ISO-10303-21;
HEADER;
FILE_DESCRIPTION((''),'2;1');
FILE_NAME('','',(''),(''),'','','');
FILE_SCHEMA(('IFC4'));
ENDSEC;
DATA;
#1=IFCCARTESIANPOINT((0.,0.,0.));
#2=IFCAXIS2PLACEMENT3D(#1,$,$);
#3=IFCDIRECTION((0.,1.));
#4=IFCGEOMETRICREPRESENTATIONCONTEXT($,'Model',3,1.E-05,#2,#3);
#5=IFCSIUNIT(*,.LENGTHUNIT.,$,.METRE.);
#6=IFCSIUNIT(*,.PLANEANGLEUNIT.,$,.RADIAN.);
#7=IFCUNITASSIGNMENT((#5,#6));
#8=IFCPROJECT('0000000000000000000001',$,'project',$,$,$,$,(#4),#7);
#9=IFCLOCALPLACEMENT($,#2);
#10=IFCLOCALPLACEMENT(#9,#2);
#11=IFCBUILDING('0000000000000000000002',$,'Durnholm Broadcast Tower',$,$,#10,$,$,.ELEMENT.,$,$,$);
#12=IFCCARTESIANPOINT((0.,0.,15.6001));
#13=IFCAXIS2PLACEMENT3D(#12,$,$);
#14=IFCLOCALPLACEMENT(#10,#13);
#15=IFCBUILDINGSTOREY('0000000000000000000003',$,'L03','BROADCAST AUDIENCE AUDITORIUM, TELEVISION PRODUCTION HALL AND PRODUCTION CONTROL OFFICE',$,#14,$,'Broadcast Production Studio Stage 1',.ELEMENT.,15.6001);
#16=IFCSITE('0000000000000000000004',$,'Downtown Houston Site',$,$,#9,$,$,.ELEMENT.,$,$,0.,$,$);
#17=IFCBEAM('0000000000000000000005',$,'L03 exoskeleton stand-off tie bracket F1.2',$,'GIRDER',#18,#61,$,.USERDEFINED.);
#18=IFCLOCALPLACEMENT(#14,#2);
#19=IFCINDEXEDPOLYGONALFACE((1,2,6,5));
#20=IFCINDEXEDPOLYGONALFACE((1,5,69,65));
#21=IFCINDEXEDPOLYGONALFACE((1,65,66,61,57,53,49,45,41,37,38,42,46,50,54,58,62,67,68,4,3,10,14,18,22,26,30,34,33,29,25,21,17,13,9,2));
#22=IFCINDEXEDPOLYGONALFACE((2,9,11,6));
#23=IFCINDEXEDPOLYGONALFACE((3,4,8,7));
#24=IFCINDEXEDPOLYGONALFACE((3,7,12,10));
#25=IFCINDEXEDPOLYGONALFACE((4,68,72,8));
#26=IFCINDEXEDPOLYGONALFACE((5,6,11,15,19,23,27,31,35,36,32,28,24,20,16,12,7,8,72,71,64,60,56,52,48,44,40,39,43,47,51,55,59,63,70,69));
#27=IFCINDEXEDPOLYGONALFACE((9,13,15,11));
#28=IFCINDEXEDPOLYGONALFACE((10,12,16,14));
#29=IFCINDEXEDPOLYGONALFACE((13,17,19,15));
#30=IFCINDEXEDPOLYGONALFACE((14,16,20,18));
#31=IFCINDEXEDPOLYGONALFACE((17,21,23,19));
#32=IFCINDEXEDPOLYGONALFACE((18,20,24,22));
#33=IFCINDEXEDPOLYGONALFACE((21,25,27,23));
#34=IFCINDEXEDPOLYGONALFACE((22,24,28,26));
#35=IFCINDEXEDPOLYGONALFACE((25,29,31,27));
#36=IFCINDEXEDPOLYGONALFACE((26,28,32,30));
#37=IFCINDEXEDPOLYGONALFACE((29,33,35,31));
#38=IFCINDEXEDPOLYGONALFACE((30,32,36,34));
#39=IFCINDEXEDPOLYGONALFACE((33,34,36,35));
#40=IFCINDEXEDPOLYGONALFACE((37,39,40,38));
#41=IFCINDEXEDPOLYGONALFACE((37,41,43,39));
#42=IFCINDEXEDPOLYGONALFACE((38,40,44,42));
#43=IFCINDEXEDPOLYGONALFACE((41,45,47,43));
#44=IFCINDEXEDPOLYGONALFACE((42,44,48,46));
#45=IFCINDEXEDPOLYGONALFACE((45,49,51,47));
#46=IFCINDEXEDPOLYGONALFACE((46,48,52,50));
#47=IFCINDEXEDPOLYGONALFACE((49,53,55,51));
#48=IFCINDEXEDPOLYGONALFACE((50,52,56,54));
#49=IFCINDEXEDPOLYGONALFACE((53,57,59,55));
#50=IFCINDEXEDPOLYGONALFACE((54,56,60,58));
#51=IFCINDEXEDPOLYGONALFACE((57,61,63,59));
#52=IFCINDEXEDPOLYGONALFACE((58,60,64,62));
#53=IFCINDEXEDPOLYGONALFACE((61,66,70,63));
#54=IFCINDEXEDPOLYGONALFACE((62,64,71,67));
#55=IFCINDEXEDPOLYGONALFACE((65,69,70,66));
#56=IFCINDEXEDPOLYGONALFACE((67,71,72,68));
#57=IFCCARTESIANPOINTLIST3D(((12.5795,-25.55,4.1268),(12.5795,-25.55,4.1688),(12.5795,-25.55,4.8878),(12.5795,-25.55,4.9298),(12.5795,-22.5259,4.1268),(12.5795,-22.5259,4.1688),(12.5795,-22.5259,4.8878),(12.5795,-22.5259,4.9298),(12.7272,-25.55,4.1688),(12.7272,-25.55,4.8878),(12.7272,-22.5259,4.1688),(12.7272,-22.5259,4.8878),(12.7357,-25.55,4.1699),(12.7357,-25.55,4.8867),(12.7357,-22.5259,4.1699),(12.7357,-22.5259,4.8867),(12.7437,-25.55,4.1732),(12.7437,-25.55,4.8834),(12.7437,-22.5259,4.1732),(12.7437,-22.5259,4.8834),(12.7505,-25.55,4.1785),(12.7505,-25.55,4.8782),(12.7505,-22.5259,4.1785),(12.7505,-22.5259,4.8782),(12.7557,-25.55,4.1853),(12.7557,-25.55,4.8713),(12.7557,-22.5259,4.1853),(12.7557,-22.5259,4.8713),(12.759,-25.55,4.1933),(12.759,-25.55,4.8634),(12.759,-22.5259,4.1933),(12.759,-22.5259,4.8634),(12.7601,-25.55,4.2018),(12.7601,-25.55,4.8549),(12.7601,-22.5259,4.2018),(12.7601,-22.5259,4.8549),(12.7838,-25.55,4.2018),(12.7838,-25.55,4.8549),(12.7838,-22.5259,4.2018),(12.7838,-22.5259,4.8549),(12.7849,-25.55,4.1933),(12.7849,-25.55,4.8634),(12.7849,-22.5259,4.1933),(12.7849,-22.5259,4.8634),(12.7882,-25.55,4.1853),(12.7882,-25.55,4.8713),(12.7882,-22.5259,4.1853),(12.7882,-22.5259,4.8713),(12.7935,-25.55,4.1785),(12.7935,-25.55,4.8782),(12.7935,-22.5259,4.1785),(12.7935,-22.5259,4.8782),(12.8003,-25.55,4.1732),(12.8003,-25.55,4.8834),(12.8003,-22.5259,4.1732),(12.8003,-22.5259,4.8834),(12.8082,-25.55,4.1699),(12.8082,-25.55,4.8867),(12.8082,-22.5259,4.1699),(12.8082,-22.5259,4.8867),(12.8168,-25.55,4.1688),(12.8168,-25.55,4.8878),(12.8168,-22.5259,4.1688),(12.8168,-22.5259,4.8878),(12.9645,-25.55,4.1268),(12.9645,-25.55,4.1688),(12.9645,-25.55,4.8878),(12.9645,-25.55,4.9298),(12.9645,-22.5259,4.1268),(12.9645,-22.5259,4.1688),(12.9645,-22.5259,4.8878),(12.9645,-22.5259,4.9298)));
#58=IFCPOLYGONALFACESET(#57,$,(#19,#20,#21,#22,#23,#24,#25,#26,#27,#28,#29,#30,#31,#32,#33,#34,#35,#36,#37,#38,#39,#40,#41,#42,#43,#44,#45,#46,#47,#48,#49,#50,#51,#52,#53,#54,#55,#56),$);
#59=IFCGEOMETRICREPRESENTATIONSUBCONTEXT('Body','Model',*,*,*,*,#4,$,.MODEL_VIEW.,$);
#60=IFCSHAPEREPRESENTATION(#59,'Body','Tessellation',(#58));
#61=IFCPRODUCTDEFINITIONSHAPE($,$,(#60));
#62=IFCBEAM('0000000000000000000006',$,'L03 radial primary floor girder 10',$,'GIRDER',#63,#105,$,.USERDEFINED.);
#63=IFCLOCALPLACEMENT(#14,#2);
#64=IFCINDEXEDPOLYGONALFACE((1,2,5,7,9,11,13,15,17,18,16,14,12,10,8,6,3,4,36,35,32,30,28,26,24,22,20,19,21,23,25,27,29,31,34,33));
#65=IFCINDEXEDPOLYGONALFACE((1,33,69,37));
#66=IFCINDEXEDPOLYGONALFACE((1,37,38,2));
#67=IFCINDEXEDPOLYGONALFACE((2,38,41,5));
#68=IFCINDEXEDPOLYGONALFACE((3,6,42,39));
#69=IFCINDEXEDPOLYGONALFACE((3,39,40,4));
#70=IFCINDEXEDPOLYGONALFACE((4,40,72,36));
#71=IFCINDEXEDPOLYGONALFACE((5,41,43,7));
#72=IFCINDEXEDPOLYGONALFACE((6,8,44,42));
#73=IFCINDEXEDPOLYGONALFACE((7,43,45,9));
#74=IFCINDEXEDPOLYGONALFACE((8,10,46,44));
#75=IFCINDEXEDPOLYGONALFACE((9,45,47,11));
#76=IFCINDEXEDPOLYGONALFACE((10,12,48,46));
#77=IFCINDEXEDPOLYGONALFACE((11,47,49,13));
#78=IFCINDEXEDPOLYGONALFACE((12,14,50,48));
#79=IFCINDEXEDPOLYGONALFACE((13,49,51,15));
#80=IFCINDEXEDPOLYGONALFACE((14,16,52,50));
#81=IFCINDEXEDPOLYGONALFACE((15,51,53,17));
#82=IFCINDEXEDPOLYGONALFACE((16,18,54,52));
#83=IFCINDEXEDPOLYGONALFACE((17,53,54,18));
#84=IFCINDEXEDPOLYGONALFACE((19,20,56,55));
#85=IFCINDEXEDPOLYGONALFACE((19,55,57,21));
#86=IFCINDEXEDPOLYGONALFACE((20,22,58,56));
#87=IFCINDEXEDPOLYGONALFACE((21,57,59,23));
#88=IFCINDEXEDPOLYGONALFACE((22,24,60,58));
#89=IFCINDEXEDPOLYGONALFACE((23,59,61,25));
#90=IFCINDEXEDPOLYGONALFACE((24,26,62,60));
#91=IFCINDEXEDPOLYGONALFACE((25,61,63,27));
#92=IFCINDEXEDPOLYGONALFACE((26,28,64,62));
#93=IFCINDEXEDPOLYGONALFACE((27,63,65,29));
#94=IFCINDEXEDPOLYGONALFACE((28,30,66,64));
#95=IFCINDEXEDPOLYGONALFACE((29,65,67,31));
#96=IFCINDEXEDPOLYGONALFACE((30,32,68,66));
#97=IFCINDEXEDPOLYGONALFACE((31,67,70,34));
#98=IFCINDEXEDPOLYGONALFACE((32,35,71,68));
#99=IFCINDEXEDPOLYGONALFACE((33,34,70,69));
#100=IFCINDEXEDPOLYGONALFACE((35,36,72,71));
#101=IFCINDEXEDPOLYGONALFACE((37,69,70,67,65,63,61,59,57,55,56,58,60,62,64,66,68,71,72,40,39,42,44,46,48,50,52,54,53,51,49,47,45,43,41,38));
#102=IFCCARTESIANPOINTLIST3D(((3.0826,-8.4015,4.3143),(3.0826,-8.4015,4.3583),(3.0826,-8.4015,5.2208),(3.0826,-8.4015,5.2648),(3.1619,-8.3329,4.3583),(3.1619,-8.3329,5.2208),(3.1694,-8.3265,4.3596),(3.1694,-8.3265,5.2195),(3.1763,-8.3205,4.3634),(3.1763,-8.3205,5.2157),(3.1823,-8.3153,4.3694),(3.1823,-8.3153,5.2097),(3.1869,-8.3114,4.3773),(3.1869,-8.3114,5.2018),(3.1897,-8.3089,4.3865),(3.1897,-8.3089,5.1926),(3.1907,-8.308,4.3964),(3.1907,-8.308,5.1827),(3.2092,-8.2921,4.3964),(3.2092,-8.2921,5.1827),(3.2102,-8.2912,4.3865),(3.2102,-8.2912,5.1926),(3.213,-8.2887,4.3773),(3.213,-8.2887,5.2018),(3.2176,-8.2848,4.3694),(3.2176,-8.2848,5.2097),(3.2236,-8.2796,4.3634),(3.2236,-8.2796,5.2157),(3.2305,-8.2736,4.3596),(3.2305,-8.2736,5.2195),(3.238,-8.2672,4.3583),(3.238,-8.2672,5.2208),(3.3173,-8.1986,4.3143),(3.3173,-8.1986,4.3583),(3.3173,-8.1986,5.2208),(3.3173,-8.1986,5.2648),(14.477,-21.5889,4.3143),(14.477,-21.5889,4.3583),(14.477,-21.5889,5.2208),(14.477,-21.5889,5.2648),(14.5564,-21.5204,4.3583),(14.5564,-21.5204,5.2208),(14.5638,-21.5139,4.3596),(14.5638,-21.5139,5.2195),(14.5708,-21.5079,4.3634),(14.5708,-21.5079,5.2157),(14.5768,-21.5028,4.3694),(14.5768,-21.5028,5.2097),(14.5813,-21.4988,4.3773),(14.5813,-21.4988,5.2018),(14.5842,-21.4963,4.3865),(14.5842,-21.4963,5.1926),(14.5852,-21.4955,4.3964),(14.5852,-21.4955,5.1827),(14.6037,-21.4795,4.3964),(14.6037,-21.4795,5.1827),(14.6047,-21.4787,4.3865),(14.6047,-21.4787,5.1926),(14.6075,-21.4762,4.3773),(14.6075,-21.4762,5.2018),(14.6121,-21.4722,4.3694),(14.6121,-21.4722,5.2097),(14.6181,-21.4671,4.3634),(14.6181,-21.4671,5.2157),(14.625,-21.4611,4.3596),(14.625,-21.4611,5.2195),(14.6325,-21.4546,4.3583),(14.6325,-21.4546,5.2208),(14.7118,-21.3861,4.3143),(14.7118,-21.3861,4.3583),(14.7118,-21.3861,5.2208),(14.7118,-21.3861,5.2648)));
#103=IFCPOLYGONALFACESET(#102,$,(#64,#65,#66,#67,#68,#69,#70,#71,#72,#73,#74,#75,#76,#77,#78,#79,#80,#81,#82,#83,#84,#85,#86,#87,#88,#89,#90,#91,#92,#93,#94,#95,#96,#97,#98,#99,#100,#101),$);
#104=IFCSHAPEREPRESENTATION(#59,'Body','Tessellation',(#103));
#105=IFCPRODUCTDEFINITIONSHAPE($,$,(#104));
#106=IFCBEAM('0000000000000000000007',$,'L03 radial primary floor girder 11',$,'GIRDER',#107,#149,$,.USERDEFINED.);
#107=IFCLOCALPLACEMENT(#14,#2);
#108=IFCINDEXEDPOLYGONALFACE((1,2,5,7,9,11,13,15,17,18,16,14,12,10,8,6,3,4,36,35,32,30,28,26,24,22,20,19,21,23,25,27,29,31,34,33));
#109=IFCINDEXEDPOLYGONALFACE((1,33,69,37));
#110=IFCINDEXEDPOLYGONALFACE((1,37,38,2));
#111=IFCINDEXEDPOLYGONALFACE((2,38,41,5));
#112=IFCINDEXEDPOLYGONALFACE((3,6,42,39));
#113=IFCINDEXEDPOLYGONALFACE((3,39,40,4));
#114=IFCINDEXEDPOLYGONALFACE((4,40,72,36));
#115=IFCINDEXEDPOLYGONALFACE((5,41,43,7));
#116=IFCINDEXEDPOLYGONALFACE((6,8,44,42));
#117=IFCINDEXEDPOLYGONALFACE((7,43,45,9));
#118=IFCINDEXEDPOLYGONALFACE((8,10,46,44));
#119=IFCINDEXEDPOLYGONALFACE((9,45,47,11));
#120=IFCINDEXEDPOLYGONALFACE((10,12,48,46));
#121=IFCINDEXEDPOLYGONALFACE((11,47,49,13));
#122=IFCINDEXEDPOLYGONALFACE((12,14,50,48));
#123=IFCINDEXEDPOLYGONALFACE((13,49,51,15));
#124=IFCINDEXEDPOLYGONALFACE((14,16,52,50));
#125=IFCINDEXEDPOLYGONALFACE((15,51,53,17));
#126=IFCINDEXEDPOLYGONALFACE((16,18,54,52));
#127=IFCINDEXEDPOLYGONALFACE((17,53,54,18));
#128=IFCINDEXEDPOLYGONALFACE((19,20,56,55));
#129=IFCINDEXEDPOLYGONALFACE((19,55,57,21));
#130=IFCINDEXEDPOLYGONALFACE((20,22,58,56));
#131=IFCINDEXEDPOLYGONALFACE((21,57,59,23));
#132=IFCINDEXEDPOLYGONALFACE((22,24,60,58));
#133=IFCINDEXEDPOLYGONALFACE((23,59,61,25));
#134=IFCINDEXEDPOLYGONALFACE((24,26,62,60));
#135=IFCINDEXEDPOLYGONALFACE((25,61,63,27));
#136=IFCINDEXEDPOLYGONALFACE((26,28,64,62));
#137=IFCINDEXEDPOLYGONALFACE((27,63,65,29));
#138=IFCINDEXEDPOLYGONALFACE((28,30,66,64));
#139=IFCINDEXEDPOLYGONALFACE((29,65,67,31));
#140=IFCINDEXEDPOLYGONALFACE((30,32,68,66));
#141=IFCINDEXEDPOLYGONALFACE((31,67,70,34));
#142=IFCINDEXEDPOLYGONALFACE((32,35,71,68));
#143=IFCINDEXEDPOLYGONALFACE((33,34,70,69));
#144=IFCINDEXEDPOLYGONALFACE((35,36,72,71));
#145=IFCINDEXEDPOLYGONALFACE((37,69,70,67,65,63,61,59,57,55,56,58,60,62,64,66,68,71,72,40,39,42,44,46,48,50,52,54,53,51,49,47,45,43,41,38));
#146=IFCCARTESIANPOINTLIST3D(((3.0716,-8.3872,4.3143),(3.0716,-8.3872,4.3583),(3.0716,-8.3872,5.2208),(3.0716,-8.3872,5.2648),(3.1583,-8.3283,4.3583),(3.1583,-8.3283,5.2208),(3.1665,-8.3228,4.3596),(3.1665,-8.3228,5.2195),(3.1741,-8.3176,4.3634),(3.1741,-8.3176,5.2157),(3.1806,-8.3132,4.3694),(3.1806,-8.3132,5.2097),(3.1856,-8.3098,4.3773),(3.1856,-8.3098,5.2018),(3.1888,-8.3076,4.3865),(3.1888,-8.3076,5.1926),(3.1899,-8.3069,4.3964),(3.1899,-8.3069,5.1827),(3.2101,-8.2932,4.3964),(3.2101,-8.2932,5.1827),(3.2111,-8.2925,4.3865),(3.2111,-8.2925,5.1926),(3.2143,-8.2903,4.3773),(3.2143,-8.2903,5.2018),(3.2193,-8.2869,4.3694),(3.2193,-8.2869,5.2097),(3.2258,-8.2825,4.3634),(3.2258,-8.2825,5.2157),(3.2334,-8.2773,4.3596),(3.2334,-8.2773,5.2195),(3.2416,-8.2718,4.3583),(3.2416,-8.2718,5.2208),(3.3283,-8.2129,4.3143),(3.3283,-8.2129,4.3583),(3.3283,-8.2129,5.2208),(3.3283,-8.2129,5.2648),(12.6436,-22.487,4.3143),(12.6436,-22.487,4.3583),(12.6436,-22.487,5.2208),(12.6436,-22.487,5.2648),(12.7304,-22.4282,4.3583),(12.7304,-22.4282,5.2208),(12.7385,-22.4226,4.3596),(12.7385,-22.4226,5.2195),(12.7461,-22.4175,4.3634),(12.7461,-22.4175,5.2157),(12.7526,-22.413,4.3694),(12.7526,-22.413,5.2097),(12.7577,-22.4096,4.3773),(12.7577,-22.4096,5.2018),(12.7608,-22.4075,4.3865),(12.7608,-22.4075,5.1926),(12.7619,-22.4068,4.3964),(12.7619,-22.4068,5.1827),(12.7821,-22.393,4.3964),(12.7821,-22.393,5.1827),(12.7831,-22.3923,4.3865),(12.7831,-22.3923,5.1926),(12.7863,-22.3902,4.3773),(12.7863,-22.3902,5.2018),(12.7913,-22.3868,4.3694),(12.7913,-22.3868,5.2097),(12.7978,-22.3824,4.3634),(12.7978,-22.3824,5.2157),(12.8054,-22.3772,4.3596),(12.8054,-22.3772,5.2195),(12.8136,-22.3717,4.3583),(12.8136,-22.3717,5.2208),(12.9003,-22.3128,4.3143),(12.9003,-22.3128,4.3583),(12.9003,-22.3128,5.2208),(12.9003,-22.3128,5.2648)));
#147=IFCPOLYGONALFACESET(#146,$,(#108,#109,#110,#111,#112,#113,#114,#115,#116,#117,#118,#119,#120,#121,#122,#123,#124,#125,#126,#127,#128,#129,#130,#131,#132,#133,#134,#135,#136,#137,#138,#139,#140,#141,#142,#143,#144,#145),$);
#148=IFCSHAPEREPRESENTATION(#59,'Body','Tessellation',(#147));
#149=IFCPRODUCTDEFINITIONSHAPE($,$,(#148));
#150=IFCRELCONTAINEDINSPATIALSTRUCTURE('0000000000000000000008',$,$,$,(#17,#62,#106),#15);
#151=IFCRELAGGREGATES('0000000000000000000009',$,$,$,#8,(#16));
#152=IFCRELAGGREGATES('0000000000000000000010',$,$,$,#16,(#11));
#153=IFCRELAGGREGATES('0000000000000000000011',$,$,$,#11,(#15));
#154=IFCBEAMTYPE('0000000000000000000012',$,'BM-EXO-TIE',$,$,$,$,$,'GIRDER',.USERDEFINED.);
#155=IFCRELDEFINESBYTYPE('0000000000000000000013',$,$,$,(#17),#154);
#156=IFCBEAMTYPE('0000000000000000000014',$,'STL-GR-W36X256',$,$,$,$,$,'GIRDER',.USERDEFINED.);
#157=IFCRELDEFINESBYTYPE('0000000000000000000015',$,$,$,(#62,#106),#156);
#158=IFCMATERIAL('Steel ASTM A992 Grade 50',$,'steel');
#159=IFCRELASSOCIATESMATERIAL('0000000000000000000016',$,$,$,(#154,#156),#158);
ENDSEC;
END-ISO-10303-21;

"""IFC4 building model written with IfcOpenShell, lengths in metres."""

from ifc_helpers import new_model, si_unit, direction, frame, origin, origin_2d, place, context, subcontext, project, spatial, i_section, extrude, source, transform, mapped, material, material_profile, profile_set, type_object, type_shapes, element, save


model = new_model("IFC4")

# Units and contexts
model_context = context("Model", 3, precision=1e-05, world=origin(), true_north=direction((0.0, 1.0)))
body_context = subcontext(model_context, "Body", "Model", "MODEL_VIEW")
ifc_project = project(units=[si_unit("LENGTHUNIT", "METRE"), si_unit("PLANEANGLEUNIT", "RADIAN")], contexts=[model_context])

# Site, building, storey
site_placement = place(None, origin())
site = spatial("IfcSite", under=ifc_project, at=site_placement, Name="Downtown Houston Site", CompositionType="ELEMENT", RefElevation=0.0)
building_placement = place(site_placement, origin())
building = spatial("IfcBuilding", under=site, at=building_placement, Name="Durnholm Broadcast Tower", CompositionType="ELEMENT")
storey_placement = place(building_placement, frame((0.0, 0.0, 15.6001)))
storey = spatial("IfcBuildingStorey", under=building, at=storey_placement, Name="L03", Description="BROADCAST AUDIENCE AUDITORIUM, TELEVISION PRODUCTION HALL AND PRODUCTION CONTROL OFFICE", LongName="Broadcast Production Studio Stage 1", CompositionType="ELEMENT", Elevation=15.6001)

# Beams
ifc_material_1 = material(Name="Steel ASTM A992 Grade 50", Category="steel")
ifc_material_profile_1 = material_profile(ifc_material_1, i_section(OverallWidth=0.385, OverallDepth=0.803, WebThickness=0.0237, FlangeThickness=0.042, FilletRadius=0.033, at=origin_2d()), Name="W30X261")
ifc_profile_set_1 = profile_set([ifc_material_profile_1], Name="Steel ASTM A992 Grade 50")
beam_type_1 = type_object("IfcBeamType", Name="BM-EXO-TIE", ElementType="GIRDER", PredefinedType="USERDEFINED", material=ifc_profile_set_1)
shared_shape_1 = source(origin(), body_context, "Body", "SweptSolid", [
    extrude(i_section(OverallWidth=0.385, OverallDepth=0.803, WebThickness=0.0237, FlangeThickness=0.042, FilletRadius=0.033, at=origin_2d()), origin(), (0.0, 0.0, 1.0), 3.0242),
])
type_shapes(beam_type_1, [shared_shape_1])
beam_1_placement = place(storey_placement, frame((12.772, -22.5259, 4.5283), z_axis=(0.0, -1.0, 0.0), x_axis=(1.0, 0.0, 0.0)))
element("IfcBeam", 1, at=beam_1_placement, inside=storey, type_object=beam_type_1, Name="L03 exoskeleton stand-off tie bracket F1.2", ObjectType="GIRDER", PredefinedType="USERDEFINED", context=body_context, shape_type="MappedRepresentation", body=[
    mapped(shared_shape_1, transform((0.0, 0.0, 0.0), x_axis=(1.0, 0.0, 0.0), y_axis=(0.0, 1.0, 0.0), z_axis=(0.0, 0.0, 1.0), scale=1.0)),
])
ifc_material_profile_2 = material_profile(ifc_material_1, i_section(OverallWidth=0.3103, OverallDepth=0.9504, WebThickness=0.0244, FlangeThickness=0.0439, FilletRadius=0.0381, at=origin_2d()), Name="W36X256")
ifc_profile_set_2 = profile_set([ifc_material_profile_2], Name="Steel ASTM A992 Grade 50")
beam_type_2 = type_object("IfcBeamType", Name="STL-GR-W36X256", ElementType="GIRDER", PredefinedType="USERDEFINED", material=ifc_profile_set_2)
shared_shape_2 = source(origin(), body_context, "Body", "SweptSolid", [
    extrude(i_section(OverallWidth=0.3103, OverallDepth=0.9504, WebThickness=0.0244, FlangeThickness=0.0439, FilletRadius=0.0381, at=origin_2d()), origin(), (0.0, 0.0, 1.0), 17.4282),
])
beam_2_placement = place(storey_placement, frame((3.2, -8.3, 4.7896), z_axis=(0.653795, -0.756672, 0.0), x_axis=(0.756672, 0.653795, 0.0)))
element("IfcBeam", 2, at=beam_2_placement, inside=storey, type_object=beam_type_2, Name="L03 radial primary floor girder 10", ObjectType="GIRDER", PredefinedType="USERDEFINED", context=body_context, shape_type="MappedRepresentation", body=[
    mapped(shared_shape_2, transform((0.0, 0.0, 0.0), x_axis=(1.0, 0.0, 0.0), y_axis=(0.0, 1.0, 0.0), z_axis=(0.0, 0.0, 1.0), scale=1.0)),
])
shared_shape_3 = source(origin(), body_context, "Body", "SweptSolid", [
    extrude(i_section(OverallWidth=0.3103, OverallDepth=0.9504, WebThickness=0.0244, FlangeThickness=0.0439, FilletRadius=0.0381, at=origin_2d()), origin(), (0.0, 0.0, 1.0), 17.042),
])
type_shapes(beam_type_2, [shared_shape_2, shared_shape_3])
beam_3_placement = place(storey_placement, frame((3.2, -8.3, 4.7896), z_axis=(0.561673, -0.82736, 0.0), x_axis=(0.82736, 0.561673, 0.0)))
element("IfcBeam", 3, at=beam_3_placement, inside=storey, type_object=beam_type_2, Name="L03 radial primary floor girder 11", ObjectType="GIRDER", PredefinedType="USERDEFINED", context=body_context, shape_type="MappedRepresentation", body=[
    mapped(shared_shape_3, transform((0.0, 0.0, 0.0), x_axis=(1.0, 0.0, 0.0), y_axis=(0.0, 1.0, 0.0), z_axis=(0.0, 0.0, 1.0), scale=1.0)),
])

save(model, "model.ifc")
